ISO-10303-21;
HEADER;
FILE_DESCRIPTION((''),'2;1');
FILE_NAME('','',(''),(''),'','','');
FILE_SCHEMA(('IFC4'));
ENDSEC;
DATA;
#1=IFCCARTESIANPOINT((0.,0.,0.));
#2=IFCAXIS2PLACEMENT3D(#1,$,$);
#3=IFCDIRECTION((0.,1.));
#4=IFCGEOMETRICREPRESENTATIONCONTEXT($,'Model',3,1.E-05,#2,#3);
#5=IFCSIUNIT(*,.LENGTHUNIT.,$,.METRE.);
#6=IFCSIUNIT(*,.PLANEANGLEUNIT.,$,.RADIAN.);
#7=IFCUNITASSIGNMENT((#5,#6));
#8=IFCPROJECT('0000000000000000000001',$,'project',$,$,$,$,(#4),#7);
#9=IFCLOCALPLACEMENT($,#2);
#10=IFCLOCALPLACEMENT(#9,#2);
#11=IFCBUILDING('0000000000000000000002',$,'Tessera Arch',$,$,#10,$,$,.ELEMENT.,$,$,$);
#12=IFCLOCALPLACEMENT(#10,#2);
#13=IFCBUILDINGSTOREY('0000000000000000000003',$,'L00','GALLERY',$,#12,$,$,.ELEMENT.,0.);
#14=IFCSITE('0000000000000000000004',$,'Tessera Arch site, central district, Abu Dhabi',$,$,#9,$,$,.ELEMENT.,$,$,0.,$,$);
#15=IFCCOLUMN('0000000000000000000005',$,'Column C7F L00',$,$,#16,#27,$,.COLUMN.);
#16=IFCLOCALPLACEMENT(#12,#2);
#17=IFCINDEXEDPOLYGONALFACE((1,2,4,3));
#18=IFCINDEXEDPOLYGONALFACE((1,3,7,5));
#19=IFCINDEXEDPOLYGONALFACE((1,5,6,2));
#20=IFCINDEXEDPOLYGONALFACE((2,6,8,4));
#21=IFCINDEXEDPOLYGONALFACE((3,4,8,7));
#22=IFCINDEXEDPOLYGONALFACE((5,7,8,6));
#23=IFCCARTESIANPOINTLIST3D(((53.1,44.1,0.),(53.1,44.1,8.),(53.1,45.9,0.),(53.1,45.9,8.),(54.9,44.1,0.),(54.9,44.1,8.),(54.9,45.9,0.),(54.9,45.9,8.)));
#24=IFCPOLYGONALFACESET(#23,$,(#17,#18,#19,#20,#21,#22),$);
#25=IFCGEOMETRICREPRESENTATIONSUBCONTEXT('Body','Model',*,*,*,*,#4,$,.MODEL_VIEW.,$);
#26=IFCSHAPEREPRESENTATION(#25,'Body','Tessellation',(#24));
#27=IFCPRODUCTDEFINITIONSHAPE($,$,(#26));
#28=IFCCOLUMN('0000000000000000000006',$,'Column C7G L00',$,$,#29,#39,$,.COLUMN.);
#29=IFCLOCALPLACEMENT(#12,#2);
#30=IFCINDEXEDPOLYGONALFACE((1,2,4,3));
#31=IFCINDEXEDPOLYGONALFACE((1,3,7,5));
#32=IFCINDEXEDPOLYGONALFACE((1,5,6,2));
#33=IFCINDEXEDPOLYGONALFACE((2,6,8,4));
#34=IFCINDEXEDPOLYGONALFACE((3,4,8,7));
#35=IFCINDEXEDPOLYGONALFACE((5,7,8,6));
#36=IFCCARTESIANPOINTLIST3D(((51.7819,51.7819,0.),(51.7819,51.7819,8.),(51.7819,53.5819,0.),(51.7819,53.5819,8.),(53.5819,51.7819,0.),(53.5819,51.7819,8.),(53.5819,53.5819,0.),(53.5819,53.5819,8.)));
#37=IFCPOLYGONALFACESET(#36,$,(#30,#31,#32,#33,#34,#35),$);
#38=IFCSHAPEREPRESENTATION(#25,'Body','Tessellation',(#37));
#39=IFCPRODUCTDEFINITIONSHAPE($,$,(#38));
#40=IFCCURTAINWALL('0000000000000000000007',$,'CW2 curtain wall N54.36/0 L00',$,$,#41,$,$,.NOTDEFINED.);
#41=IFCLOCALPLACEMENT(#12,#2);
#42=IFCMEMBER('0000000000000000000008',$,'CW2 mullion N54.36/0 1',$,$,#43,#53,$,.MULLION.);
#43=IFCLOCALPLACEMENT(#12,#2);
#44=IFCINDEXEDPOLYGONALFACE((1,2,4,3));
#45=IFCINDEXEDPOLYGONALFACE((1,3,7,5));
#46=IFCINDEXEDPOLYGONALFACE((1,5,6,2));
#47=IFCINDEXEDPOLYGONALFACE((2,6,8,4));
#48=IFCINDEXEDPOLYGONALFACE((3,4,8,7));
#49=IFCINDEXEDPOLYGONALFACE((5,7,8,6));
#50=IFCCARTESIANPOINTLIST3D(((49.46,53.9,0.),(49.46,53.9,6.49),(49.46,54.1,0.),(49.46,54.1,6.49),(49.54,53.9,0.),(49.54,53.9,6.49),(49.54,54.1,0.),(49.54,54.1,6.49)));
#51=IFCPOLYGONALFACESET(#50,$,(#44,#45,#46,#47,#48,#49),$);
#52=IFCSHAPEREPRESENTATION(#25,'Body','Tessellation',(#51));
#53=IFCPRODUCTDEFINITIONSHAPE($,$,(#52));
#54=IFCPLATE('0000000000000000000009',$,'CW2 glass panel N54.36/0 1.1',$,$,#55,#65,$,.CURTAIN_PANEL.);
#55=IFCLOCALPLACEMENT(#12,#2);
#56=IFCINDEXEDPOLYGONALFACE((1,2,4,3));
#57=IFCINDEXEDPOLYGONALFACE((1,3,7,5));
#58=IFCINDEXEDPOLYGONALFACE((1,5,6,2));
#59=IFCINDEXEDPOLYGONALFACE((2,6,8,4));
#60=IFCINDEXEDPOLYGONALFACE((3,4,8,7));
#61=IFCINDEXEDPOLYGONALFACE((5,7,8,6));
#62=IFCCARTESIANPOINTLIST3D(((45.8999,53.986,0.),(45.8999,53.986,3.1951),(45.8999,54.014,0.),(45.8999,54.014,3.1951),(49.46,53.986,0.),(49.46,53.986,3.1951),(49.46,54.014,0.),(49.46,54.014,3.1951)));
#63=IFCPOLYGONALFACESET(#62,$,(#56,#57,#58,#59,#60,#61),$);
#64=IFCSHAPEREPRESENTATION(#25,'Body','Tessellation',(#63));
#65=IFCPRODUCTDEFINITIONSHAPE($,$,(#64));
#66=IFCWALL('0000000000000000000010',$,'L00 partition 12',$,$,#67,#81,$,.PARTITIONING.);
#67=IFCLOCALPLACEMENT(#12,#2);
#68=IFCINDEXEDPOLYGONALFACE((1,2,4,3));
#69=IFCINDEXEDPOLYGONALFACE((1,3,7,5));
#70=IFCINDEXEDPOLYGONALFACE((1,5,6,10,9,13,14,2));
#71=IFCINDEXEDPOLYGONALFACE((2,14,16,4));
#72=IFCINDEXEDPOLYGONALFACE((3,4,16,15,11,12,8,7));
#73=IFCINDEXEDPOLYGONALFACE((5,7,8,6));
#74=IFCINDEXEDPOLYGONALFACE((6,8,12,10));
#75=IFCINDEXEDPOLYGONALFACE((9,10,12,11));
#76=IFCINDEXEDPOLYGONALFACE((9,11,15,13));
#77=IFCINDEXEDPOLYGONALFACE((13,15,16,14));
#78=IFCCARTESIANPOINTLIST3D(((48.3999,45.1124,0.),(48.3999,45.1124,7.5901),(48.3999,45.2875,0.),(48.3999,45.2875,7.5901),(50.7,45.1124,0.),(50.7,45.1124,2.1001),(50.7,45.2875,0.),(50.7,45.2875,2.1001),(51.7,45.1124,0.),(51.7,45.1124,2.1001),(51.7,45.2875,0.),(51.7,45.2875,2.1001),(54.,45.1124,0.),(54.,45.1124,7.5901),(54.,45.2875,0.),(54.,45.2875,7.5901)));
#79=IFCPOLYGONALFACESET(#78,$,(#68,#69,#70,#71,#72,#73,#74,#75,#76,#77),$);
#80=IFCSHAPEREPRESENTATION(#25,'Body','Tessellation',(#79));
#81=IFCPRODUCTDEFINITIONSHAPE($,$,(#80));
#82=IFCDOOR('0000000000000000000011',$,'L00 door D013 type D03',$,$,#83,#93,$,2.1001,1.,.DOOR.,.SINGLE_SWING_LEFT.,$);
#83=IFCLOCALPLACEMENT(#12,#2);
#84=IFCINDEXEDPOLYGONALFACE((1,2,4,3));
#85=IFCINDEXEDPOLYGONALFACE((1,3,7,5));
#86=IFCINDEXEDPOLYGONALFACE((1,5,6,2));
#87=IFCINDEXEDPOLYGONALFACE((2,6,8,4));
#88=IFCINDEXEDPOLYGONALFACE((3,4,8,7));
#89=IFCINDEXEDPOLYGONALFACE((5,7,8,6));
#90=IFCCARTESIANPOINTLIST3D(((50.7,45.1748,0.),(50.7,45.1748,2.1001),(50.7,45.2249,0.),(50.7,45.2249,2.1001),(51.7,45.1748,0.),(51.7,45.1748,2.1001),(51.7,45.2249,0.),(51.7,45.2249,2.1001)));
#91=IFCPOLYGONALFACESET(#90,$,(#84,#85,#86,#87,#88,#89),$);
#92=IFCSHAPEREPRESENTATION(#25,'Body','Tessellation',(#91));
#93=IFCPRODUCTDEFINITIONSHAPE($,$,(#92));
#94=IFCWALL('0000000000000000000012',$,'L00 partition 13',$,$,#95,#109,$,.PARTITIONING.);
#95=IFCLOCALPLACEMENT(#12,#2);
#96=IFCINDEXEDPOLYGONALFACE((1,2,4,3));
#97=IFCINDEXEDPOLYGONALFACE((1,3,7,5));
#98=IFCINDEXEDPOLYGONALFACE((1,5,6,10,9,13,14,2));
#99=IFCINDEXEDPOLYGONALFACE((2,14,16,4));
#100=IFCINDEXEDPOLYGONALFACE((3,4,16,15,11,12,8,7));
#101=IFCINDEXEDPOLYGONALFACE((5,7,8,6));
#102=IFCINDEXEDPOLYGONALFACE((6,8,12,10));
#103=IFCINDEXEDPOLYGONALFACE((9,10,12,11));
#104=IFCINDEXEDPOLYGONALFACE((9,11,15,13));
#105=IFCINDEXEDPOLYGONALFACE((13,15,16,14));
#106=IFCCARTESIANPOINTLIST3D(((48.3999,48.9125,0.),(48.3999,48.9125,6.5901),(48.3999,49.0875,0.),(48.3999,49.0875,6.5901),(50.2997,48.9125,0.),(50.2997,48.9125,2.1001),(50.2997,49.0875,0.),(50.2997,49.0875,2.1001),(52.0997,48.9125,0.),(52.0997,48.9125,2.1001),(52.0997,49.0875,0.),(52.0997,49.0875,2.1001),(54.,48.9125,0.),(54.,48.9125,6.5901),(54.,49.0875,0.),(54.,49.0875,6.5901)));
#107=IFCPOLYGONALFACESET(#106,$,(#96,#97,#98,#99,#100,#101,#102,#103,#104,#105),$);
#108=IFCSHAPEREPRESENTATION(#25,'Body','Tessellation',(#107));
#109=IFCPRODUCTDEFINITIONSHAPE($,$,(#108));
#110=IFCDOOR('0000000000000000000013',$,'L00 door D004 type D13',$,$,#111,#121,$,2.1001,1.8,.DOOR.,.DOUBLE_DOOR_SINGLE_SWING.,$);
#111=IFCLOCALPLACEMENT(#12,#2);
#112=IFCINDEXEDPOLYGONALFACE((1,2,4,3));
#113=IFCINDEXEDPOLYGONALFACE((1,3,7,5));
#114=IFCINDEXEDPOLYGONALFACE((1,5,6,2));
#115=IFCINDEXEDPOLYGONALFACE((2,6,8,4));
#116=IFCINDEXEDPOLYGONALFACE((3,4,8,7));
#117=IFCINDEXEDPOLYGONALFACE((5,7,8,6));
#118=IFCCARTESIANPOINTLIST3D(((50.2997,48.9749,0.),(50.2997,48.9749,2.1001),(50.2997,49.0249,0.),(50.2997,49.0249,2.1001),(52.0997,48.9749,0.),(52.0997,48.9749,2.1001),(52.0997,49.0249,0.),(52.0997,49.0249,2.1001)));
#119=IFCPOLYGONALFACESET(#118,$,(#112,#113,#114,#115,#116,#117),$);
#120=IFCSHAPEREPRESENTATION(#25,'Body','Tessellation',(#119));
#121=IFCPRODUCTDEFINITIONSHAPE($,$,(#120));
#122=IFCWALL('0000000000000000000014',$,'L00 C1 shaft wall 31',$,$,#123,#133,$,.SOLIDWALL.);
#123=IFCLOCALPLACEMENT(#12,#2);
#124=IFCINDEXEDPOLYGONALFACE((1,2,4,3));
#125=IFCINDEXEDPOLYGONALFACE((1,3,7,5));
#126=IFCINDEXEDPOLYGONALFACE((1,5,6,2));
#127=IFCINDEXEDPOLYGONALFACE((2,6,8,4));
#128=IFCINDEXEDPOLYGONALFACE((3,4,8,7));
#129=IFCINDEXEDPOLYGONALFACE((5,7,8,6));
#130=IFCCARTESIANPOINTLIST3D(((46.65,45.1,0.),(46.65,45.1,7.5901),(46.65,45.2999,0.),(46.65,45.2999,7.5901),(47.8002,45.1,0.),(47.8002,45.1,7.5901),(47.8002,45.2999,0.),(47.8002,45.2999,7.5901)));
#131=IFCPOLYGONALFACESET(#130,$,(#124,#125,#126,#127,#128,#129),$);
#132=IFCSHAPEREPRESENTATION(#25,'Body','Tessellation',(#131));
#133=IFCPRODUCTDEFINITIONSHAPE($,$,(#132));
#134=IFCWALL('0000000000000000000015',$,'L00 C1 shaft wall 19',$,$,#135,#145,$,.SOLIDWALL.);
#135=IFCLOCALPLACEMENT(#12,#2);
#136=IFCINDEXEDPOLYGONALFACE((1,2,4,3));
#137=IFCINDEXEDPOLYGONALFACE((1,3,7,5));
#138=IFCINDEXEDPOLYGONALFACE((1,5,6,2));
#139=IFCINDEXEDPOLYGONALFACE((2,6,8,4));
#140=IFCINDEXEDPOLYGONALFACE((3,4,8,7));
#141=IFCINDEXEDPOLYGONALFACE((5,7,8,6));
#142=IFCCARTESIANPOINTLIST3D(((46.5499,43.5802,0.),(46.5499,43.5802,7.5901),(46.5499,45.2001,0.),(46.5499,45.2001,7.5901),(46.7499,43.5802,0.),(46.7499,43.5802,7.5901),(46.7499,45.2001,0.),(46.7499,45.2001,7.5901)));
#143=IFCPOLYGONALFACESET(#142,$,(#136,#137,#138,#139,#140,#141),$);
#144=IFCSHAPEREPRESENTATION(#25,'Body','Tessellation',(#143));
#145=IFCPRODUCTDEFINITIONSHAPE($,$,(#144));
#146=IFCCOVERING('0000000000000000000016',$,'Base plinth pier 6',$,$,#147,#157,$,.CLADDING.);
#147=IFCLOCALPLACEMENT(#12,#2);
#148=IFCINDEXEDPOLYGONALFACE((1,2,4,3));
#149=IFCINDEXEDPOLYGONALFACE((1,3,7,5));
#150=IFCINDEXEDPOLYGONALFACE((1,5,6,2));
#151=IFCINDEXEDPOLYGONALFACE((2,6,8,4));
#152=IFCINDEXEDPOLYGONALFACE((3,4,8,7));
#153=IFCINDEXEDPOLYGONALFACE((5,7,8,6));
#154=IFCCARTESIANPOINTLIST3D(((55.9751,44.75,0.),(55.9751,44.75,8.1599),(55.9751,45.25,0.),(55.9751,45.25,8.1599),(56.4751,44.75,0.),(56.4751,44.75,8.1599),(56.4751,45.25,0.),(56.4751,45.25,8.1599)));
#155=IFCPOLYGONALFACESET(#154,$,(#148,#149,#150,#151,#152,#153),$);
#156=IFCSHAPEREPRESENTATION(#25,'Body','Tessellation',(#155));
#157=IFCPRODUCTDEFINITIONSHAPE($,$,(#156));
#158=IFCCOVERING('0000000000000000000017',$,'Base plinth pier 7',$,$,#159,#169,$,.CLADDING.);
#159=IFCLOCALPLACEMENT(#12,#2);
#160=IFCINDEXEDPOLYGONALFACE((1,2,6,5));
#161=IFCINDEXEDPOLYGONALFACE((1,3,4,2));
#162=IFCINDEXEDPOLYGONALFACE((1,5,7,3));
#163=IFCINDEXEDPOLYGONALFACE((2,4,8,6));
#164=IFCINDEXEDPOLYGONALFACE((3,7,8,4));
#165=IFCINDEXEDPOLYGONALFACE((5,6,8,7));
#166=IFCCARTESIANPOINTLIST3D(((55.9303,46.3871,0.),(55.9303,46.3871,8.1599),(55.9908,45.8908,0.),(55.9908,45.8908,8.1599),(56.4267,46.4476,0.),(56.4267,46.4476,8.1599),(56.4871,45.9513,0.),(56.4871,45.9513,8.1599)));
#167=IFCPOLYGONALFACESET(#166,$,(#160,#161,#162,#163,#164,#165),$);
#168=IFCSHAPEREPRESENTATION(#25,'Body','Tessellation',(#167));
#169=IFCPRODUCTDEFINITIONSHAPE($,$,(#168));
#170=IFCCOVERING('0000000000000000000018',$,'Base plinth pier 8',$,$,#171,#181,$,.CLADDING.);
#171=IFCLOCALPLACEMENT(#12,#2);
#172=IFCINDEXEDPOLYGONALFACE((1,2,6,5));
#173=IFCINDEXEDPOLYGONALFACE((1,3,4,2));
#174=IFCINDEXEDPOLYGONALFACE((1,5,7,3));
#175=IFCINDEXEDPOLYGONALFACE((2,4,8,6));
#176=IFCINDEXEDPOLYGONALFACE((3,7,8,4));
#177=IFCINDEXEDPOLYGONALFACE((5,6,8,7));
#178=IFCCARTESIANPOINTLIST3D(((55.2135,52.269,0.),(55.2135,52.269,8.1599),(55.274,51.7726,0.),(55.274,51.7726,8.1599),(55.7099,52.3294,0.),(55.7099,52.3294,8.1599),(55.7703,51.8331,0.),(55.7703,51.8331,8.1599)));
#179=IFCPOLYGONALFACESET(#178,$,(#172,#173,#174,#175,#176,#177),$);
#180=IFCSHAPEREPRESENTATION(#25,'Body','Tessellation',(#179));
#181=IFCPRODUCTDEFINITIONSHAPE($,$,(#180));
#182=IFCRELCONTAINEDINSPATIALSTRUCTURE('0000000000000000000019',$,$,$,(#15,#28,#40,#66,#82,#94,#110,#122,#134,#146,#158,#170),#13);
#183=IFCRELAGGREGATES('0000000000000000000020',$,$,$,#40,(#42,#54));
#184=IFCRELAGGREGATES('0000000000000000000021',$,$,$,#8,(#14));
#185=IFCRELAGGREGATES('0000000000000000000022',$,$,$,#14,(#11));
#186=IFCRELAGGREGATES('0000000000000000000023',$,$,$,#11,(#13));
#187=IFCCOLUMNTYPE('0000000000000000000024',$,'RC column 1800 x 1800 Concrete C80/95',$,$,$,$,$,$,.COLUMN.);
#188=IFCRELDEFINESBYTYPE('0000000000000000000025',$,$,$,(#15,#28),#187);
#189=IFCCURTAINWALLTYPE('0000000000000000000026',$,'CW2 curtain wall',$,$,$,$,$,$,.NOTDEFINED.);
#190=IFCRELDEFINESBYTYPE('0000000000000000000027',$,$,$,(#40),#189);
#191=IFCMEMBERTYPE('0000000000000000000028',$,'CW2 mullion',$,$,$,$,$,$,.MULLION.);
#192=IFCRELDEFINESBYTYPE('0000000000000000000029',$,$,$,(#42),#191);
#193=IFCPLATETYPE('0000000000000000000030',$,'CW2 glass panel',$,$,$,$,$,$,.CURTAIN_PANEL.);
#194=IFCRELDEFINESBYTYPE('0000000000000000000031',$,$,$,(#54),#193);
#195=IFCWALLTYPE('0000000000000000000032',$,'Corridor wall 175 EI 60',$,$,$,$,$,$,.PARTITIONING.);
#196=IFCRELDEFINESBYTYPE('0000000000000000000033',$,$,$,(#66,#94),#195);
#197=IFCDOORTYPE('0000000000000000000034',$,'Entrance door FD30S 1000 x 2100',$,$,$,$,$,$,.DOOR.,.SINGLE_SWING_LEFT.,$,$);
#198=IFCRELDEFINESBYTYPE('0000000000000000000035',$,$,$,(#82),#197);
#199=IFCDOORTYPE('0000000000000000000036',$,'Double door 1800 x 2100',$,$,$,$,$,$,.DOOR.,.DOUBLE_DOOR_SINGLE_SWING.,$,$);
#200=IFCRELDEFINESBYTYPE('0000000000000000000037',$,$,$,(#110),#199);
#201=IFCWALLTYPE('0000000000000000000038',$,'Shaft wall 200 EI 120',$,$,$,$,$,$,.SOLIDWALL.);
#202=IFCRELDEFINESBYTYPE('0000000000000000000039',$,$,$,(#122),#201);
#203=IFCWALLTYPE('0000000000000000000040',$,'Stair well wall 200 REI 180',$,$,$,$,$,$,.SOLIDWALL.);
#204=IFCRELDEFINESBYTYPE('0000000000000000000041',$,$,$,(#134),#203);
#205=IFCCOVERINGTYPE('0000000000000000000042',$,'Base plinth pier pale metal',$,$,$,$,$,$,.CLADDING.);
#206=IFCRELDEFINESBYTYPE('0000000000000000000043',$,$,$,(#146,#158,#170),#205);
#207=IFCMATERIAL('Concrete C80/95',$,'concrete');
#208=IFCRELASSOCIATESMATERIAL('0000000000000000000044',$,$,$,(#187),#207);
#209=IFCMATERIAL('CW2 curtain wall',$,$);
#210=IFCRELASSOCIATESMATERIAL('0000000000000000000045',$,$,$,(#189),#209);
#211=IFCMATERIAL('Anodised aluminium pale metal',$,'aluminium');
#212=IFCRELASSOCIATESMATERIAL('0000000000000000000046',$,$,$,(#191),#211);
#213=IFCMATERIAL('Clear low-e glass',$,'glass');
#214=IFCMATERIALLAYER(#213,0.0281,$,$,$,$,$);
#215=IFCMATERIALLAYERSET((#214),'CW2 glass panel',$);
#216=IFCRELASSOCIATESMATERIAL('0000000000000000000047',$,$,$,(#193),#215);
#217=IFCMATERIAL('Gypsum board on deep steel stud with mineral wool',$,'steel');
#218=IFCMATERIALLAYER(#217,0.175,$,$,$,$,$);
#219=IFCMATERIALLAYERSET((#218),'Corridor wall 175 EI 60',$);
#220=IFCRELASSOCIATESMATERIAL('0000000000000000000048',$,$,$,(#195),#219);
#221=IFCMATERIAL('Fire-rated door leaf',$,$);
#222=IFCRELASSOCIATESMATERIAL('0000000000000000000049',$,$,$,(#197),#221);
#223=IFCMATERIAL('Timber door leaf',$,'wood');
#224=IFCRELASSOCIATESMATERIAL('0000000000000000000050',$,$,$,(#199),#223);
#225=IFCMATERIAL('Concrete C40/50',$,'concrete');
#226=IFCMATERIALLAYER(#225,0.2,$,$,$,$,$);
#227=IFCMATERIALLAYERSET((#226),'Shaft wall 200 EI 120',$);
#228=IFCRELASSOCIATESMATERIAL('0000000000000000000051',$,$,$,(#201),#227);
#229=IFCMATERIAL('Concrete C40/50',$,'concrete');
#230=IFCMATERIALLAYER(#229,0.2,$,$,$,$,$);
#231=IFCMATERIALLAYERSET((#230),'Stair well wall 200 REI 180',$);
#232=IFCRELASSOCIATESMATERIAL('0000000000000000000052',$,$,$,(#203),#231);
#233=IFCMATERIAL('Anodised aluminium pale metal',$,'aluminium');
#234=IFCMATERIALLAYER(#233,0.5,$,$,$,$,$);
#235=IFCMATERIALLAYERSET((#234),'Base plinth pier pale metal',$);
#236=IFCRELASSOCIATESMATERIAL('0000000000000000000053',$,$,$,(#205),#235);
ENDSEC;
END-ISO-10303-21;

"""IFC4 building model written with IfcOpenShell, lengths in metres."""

from ifc_helpers import new_model, si_unit, direction, frame, frame_2d, origin, origin_2d, place, context, subcontext, project, spatial, rectangle, extrude, material, layer, layer_set, material_profile, profile_set, type_object, element, fill, aggregate, save


model = new_model("IFC4")

# Units and contexts
model_context = context("Model", 3, precision=1e-05, world=origin(), true_north=direction((0.0, 1.0)))
body_context = subcontext(model_context, "Body", "Model", "MODEL_VIEW")
ifc_project = project(units=[si_unit("LENGTHUNIT", "METRE"), si_unit("PLANEANGLEUNIT", "RADIAN")], contexts=[model_context])

# Site, building, storey
site_placement = place(None, origin())
site = spatial("IfcSite", under=ifc_project, at=site_placement, Name="Tessera Arch site, central district, Abu Dhabi", CompositionType="ELEMENT", RefElevation=0.0)
building_placement = place(site_placement, origin())
building = spatial("IfcBuilding", under=site, at=building_placement, Name="Tessera Arch", CompositionType="ELEMENT")
storey_placement = place(building_placement, origin())
storey = spatial("IfcBuildingStorey", under=building, at=storey_placement, Name="L00", Description="GALLERY", CompositionType="ELEMENT", Elevation=0.0)

# Columns
ifc_material_1 = material(Name="Concrete C80/95", Category="concrete")
ifc_material_profile_1 = material_profile(ifc_material_1, rectangle(XDim=1.8, YDim=1.8, at=origin_2d()), Name="RC column 1800 x 1800 Concrete C80/95")
ifc_profile_set_1 = profile_set([ifc_material_profile_1], Name="Concrete C80/95")
column_type = type_object("IfcColumnType", Name="RC column 1800 x 1800 Concrete C80/95", PredefinedType="COLUMN", material=ifc_profile_set_1)
for number, where, z_axis, x_axis, name in (
    (1, (54.0, 45.0, 0.0), (0.0, 0.0, 1.0), (1.0, 0.0, 0.0), "Column C7F L00"),
    (2, (52.6819, 52.6819, 0.0), (0.0, 0.0, 1.0), (1.0, 0.0, 0.0), "Column C7G L00"),
):
    element("IfcColumn", number, at=place(storey_placement, frame(where, z_axis=z_axis, x_axis=x_axis)), inside=storey, type_object=column_type, Name=name, PredefinedType="COLUMN", context=body_context, shape_type="SweptSolid", body=[
        extrude(rectangle(XDim=1.8, YDim=1.8, at=origin_2d()), origin(), (0.0, 0.0, 1.0), 8.0),
    ])

# Curtain wall, member, plate
ifc_material_2 = material(Name="CW2 curtain wall")
curtain_wall_type = type_object("IfcCurtainWallType", Name="CW2 curtain wall", PredefinedType="NOTDEFINED", material=ifc_material_2)
curtain_wall_placement = place(storey_placement, origin())
curtain_wall = element("IfcCurtainWall", 3, at=curtain_wall_placement, inside=storey, type_object=curtain_wall_type, Name="CW2 curtain wall N54.36/0 L00", PredefinedType="NOTDEFINED")
ifc_material_3 = material(Name="Anodised aluminium pale metal", Category="aluminium")
ifc_material_profile_2 = material_profile(ifc_material_3, rectangle(XDim=0.2, YDim=0.0801, at=origin_2d()), Name="AL 80x200")
ifc_profile_set_2 = profile_set([ifc_material_profile_2], Name="Anodised aluminium pale metal")
member_type = type_object("IfcMemberType", Name="CW2 mullion", PredefinedType="MULLION", material=ifc_profile_set_2)
member_placement = place(storey_placement, frame((49.5, 54.0, 0.0), z_axis=(0.0, 0.0, 1.0), x_axis=(0.0, -1.0, 0.0)))
member = element("IfcMember", 4, at=member_placement, type_object=member_type, Name="CW2 mullion N54.36/0 1", PredefinedType="MULLION", context=body_context, shape_type="SweptSolid", body=[
    extrude(rectangle(XDim=0.2, YDim=0.0801, at=origin_2d()), origin(), (0.0, 0.0, 1.0), 6.49),
])
ifc_material_4 = material(Name="Clear low-e glass", Category="glass")
ifc_layer_1 = layer(ifc_material_4, 0.0281)
ifc_layer_set_1 = layer_set([ifc_layer_1], Name="CW2 glass panel")
plate_type = type_object("IfcPlateType", Name="CW2 glass panel", PredefinedType="CURTAIN_PANEL", material=ifc_layer_set_1)
plate_placement = place(storey_placement, frame((47.6799, 54.0, 0.0), z_axis=(0.0, 0.0, 1.0), x_axis=(-1.0, 0.0, 0.0)))
plate = element("IfcPlate", 5, at=plate_placement, type_object=plate_type, Name="CW2 glass panel N54.36/0 1.1", PredefinedType="CURTAIN_PANEL", context=body_context, shape_type="SweptSolid", body=[
    extrude(rectangle(XDim=3.5601, YDim=0.0281, at=origin_2d()), origin(), (0.0, 0.0, 1.0), 3.1951),
])
aggregate(curtain_wall, [member, plate])

# Walls, openings, doors
ifc_material_5 = material(Name="Gypsum board on deep steel stud with mineral wool", Category="steel")
ifc_layer_2 = layer(ifc_material_5, 0.175)
ifc_layer_set_2 = layer_set([ifc_layer_2], Name="Corridor wall 175 EI 60")
wall_type_1 = type_object("IfcWallType", Name="Corridor wall 175 EI 60", PredefinedType="PARTITIONING", material=ifc_layer_set_2)
wall_1_placement = place(storey_placement, frame((48.3999, 45.2, 0.0), z_axis=(0.0, 0.0, 1.0), x_axis=(1.0, 0.0, 0.0)))
wall_1 = element("IfcWall", 6, at=wall_1_placement, inside=storey, type_object=wall_type_1, Name="L00 partition 12", PredefinedType="PARTITIONING", context=body_context, shape_type="SweptSolid", body=[
    extrude(rectangle(XDim=5.6001, YDim=0.175, at=frame_2d((2.8, 0.0))), origin(), (0.0, 0.0, 1.0), 7.5901),
])
opening_1_placement = place(wall_1_placement, frame((2.3, 0.0, 0.0)))
opening_1 = element("IfcOpeningElement", 7, at=opening_1_placement, cuts=wall_1, PredefinedType="OPENING", context=body_context, shape_type="SweptSolid", body=[
    extrude(rectangle(XDim=1.0, YDim=2.1001, at=frame_2d((0.5, 1.05))), frame((0.0, 0.0974, 0.0), z_axis=(0.0, -1.0, 0.0), x_axis=(1.0, 0.0, 0.0)), (0.0, 0.0, 1.0), 0.1951),
])
ifc_material_6 = material(Name="Fire-rated door leaf")
door_type_1 = type_object("IfcDoorType", Name="Entrance door FD30S 1000 x 2100", OperationType="SINGLE_SWING_LEFT", PredefinedType="DOOR", material=ifc_material_6)
door_1_placement = place(opening_1_placement, origin())
door_1 = element("IfcDoor", 8, at=door_1_placement, inside=storey, type_object=door_type_1, Name="L00 door D013 type D03", OperationType="SINGLE_SWING_LEFT", OverallHeight=2.1001, OverallWidth=1.0, PredefinedType="DOOR", context=body_context, shape_type="SweptSolid", body=[
    extrude(rectangle(XDim=1.0, YDim=2.1001, at=frame_2d((0.5, 1.05))), frame((0.0, 0.0249, 0.0), z_axis=(0.0, -1.0, 0.0), x_axis=(1.0, 0.0, 0.0)), (0.0, 0.0, 1.0), 0.05),
])
fill(opening_1, door_1)
wall_2_placement = place(storey_placement, frame((48.3999, 49.0, 0.0), z_axis=(0.0, 0.0, 1.0), x_axis=(1.0, 0.0, 0.0)))
wall_2 = element("IfcWall", 9, at=wall_2_placement, inside=storey, type_object=wall_type_1, Name="L00 partition 13", PredefinedType="PARTITIONING", context=body_context, shape_type="SweptSolid", body=[
    extrude(rectangle(XDim=5.6001, YDim=0.175, at=frame_2d((2.8, 0.0))), origin(), (0.0, 0.0, 1.0), 6.5901),
])
opening_2_placement = place(wall_2_placement, frame((1.8999, 0.0, 0.0)))
opening_2 = element("IfcOpeningElement", 10, at=opening_2_placement, cuts=wall_2, PredefinedType="OPENING", context=body_context, shape_type="SweptSolid", body=[
    extrude(rectangle(XDim=1.8, YDim=2.1001, at=frame_2d((0.8999, 1.05))), frame((0.0, 0.0974, 0.0), z_axis=(0.0, -1.0, 0.0), x_axis=(1.0, 0.0, 0.0)), (0.0, 0.0, 1.0), 0.1951),
])
ifc_material_7 = material(Name="Timber door leaf", Category="wood")
door_type_2 = type_object("IfcDoorType", Name="Double door 1800 x 2100", OperationType="DOUBLE_DOOR_SINGLE_SWING", PredefinedType="DOOR", material=ifc_material_7)
door_2_placement = place(opening_2_placement, origin())
door_2 = element("IfcDoor", 11, at=door_2_placement, inside=storey, type_object=door_type_2, Name="L00 door D004 type D13", OperationType="DOUBLE_DOOR_SINGLE_SWING", OverallHeight=2.1001, OverallWidth=1.8, PredefinedType="DOOR", context=body_context, shape_type="SweptSolid", body=[
    extrude(rectangle(XDim=1.8, YDim=2.1001, at=frame_2d((0.8999, 1.05))), frame((0.0, 0.0249, 0.0), z_axis=(0.0, -1.0, 0.0), x_axis=(1.0, 0.0, 0.0)), (0.0, 0.0, 1.0), 0.05),
])
fill(opening_2, door_2)

# Walls
ifc_material_8 = material(Name="Concrete C40/50", Category="concrete")
ifc_layer_3 = layer(ifc_material_8, 0.2)
ifc_layer_set_3 = layer_set([ifc_layer_3], Name="Shaft wall 200 EI 120")
wall_type_2 = type_object("IfcWallType", Name="Shaft wall 200 EI 120", PredefinedType="SOLIDWALL", material=ifc_layer_set_3)
wall_3_placement = place(storey_placement, frame((46.6499, 45.2, 0.0), z_axis=(0.0, 0.0, 1.0), x_axis=(1.0, 0.0, 0.0)))
element("IfcWall", 12, at=wall_3_placement, inside=storey, type_object=wall_type_2, Name="L00 C1 shaft wall 31", PredefinedType="SOLIDWALL", context=body_context, shape_type="SweptSolid", body=[
    extrude(rectangle(XDim=1.1501, YDim=0.2, at=frame_2d((0.5752, 0.0))), origin(), (0.0, 0.0, 1.0), 7.5901),
])
ifc_material_9 = material(Name="Concrete C40/50", Category="concrete")
ifc_layer_4 = layer(ifc_material_9, 0.2)
ifc_layer_set_4 = layer_set([ifc_layer_4], Name="Stair well wall 200 REI 180")
wall_type_3 = type_object("IfcWallType", Name="Stair well wall 200 REI 180", PredefinedType="SOLIDWALL", material=ifc_layer_set_4)
wall_4_placement = place(storey_placement, frame((46.6499, 43.5801, 0.0), z_axis=(0.0, 0.0, 1.0), x_axis=(0.0, 1.0, 0.0)))
element("IfcWall", 13, at=wall_4_placement, inside=storey, type_object=wall_type_3, Name="L00 C1 shaft wall 19", PredefinedType="SOLIDWALL", context=body_context, shape_type="SweptSolid", body=[
    extrude(rectangle(XDim=1.6199, YDim=0.2, at=frame_2d((0.8101, 0.0))), origin(), (0.0, 0.0, 1.0), 7.5901),
])

# Coverings
ifc_material_10 = material(Name="Anodised aluminium pale metal", Category="aluminium")
ifc_layer_5 = layer(ifc_material_10, 0.5)
ifc_layer_set_5 = layer_set([ifc_layer_5], Name="Base plinth pier pale metal")
covering_type = type_object("IfcCoveringType", Name="Base plinth pier pale metal", PredefinedType="CLADDING", material=ifc_layer_set_5)
for number, where, z_axis, x_axis, name in (
    (14, (56.2251, 45.0, 0.0), (0.0, 0.0, 1.0), (0.0, 1.0, 0.0), "Base plinth pier 6"),
    (15, (56.2087, 46.1692, 0.0), (0.0, 0.0, 1.0), (-0.120951, 0.992658, 0.0), "Base plinth pier 7"),
    (16, (55.4919, 52.051, 0.0), (0.0, 0.0, 1.0), (-0.120951, 0.992658, 0.0), "Base plinth pier 8"),
):
    element("IfcCovering", number, at=place(storey_placement, frame(where, z_axis=z_axis, x_axis=x_axis)), inside=storey, type_object=covering_type, Name=name, PredefinedType="CLADDING", context=body_context, shape_type="SweptSolid", body=[
        extrude(rectangle(XDim=0.5, YDim=0.5, at=origin_2d()), origin(), (0.0, 0.0, 1.0), 8.1599),
    ])

save(model, "model.ifc")
